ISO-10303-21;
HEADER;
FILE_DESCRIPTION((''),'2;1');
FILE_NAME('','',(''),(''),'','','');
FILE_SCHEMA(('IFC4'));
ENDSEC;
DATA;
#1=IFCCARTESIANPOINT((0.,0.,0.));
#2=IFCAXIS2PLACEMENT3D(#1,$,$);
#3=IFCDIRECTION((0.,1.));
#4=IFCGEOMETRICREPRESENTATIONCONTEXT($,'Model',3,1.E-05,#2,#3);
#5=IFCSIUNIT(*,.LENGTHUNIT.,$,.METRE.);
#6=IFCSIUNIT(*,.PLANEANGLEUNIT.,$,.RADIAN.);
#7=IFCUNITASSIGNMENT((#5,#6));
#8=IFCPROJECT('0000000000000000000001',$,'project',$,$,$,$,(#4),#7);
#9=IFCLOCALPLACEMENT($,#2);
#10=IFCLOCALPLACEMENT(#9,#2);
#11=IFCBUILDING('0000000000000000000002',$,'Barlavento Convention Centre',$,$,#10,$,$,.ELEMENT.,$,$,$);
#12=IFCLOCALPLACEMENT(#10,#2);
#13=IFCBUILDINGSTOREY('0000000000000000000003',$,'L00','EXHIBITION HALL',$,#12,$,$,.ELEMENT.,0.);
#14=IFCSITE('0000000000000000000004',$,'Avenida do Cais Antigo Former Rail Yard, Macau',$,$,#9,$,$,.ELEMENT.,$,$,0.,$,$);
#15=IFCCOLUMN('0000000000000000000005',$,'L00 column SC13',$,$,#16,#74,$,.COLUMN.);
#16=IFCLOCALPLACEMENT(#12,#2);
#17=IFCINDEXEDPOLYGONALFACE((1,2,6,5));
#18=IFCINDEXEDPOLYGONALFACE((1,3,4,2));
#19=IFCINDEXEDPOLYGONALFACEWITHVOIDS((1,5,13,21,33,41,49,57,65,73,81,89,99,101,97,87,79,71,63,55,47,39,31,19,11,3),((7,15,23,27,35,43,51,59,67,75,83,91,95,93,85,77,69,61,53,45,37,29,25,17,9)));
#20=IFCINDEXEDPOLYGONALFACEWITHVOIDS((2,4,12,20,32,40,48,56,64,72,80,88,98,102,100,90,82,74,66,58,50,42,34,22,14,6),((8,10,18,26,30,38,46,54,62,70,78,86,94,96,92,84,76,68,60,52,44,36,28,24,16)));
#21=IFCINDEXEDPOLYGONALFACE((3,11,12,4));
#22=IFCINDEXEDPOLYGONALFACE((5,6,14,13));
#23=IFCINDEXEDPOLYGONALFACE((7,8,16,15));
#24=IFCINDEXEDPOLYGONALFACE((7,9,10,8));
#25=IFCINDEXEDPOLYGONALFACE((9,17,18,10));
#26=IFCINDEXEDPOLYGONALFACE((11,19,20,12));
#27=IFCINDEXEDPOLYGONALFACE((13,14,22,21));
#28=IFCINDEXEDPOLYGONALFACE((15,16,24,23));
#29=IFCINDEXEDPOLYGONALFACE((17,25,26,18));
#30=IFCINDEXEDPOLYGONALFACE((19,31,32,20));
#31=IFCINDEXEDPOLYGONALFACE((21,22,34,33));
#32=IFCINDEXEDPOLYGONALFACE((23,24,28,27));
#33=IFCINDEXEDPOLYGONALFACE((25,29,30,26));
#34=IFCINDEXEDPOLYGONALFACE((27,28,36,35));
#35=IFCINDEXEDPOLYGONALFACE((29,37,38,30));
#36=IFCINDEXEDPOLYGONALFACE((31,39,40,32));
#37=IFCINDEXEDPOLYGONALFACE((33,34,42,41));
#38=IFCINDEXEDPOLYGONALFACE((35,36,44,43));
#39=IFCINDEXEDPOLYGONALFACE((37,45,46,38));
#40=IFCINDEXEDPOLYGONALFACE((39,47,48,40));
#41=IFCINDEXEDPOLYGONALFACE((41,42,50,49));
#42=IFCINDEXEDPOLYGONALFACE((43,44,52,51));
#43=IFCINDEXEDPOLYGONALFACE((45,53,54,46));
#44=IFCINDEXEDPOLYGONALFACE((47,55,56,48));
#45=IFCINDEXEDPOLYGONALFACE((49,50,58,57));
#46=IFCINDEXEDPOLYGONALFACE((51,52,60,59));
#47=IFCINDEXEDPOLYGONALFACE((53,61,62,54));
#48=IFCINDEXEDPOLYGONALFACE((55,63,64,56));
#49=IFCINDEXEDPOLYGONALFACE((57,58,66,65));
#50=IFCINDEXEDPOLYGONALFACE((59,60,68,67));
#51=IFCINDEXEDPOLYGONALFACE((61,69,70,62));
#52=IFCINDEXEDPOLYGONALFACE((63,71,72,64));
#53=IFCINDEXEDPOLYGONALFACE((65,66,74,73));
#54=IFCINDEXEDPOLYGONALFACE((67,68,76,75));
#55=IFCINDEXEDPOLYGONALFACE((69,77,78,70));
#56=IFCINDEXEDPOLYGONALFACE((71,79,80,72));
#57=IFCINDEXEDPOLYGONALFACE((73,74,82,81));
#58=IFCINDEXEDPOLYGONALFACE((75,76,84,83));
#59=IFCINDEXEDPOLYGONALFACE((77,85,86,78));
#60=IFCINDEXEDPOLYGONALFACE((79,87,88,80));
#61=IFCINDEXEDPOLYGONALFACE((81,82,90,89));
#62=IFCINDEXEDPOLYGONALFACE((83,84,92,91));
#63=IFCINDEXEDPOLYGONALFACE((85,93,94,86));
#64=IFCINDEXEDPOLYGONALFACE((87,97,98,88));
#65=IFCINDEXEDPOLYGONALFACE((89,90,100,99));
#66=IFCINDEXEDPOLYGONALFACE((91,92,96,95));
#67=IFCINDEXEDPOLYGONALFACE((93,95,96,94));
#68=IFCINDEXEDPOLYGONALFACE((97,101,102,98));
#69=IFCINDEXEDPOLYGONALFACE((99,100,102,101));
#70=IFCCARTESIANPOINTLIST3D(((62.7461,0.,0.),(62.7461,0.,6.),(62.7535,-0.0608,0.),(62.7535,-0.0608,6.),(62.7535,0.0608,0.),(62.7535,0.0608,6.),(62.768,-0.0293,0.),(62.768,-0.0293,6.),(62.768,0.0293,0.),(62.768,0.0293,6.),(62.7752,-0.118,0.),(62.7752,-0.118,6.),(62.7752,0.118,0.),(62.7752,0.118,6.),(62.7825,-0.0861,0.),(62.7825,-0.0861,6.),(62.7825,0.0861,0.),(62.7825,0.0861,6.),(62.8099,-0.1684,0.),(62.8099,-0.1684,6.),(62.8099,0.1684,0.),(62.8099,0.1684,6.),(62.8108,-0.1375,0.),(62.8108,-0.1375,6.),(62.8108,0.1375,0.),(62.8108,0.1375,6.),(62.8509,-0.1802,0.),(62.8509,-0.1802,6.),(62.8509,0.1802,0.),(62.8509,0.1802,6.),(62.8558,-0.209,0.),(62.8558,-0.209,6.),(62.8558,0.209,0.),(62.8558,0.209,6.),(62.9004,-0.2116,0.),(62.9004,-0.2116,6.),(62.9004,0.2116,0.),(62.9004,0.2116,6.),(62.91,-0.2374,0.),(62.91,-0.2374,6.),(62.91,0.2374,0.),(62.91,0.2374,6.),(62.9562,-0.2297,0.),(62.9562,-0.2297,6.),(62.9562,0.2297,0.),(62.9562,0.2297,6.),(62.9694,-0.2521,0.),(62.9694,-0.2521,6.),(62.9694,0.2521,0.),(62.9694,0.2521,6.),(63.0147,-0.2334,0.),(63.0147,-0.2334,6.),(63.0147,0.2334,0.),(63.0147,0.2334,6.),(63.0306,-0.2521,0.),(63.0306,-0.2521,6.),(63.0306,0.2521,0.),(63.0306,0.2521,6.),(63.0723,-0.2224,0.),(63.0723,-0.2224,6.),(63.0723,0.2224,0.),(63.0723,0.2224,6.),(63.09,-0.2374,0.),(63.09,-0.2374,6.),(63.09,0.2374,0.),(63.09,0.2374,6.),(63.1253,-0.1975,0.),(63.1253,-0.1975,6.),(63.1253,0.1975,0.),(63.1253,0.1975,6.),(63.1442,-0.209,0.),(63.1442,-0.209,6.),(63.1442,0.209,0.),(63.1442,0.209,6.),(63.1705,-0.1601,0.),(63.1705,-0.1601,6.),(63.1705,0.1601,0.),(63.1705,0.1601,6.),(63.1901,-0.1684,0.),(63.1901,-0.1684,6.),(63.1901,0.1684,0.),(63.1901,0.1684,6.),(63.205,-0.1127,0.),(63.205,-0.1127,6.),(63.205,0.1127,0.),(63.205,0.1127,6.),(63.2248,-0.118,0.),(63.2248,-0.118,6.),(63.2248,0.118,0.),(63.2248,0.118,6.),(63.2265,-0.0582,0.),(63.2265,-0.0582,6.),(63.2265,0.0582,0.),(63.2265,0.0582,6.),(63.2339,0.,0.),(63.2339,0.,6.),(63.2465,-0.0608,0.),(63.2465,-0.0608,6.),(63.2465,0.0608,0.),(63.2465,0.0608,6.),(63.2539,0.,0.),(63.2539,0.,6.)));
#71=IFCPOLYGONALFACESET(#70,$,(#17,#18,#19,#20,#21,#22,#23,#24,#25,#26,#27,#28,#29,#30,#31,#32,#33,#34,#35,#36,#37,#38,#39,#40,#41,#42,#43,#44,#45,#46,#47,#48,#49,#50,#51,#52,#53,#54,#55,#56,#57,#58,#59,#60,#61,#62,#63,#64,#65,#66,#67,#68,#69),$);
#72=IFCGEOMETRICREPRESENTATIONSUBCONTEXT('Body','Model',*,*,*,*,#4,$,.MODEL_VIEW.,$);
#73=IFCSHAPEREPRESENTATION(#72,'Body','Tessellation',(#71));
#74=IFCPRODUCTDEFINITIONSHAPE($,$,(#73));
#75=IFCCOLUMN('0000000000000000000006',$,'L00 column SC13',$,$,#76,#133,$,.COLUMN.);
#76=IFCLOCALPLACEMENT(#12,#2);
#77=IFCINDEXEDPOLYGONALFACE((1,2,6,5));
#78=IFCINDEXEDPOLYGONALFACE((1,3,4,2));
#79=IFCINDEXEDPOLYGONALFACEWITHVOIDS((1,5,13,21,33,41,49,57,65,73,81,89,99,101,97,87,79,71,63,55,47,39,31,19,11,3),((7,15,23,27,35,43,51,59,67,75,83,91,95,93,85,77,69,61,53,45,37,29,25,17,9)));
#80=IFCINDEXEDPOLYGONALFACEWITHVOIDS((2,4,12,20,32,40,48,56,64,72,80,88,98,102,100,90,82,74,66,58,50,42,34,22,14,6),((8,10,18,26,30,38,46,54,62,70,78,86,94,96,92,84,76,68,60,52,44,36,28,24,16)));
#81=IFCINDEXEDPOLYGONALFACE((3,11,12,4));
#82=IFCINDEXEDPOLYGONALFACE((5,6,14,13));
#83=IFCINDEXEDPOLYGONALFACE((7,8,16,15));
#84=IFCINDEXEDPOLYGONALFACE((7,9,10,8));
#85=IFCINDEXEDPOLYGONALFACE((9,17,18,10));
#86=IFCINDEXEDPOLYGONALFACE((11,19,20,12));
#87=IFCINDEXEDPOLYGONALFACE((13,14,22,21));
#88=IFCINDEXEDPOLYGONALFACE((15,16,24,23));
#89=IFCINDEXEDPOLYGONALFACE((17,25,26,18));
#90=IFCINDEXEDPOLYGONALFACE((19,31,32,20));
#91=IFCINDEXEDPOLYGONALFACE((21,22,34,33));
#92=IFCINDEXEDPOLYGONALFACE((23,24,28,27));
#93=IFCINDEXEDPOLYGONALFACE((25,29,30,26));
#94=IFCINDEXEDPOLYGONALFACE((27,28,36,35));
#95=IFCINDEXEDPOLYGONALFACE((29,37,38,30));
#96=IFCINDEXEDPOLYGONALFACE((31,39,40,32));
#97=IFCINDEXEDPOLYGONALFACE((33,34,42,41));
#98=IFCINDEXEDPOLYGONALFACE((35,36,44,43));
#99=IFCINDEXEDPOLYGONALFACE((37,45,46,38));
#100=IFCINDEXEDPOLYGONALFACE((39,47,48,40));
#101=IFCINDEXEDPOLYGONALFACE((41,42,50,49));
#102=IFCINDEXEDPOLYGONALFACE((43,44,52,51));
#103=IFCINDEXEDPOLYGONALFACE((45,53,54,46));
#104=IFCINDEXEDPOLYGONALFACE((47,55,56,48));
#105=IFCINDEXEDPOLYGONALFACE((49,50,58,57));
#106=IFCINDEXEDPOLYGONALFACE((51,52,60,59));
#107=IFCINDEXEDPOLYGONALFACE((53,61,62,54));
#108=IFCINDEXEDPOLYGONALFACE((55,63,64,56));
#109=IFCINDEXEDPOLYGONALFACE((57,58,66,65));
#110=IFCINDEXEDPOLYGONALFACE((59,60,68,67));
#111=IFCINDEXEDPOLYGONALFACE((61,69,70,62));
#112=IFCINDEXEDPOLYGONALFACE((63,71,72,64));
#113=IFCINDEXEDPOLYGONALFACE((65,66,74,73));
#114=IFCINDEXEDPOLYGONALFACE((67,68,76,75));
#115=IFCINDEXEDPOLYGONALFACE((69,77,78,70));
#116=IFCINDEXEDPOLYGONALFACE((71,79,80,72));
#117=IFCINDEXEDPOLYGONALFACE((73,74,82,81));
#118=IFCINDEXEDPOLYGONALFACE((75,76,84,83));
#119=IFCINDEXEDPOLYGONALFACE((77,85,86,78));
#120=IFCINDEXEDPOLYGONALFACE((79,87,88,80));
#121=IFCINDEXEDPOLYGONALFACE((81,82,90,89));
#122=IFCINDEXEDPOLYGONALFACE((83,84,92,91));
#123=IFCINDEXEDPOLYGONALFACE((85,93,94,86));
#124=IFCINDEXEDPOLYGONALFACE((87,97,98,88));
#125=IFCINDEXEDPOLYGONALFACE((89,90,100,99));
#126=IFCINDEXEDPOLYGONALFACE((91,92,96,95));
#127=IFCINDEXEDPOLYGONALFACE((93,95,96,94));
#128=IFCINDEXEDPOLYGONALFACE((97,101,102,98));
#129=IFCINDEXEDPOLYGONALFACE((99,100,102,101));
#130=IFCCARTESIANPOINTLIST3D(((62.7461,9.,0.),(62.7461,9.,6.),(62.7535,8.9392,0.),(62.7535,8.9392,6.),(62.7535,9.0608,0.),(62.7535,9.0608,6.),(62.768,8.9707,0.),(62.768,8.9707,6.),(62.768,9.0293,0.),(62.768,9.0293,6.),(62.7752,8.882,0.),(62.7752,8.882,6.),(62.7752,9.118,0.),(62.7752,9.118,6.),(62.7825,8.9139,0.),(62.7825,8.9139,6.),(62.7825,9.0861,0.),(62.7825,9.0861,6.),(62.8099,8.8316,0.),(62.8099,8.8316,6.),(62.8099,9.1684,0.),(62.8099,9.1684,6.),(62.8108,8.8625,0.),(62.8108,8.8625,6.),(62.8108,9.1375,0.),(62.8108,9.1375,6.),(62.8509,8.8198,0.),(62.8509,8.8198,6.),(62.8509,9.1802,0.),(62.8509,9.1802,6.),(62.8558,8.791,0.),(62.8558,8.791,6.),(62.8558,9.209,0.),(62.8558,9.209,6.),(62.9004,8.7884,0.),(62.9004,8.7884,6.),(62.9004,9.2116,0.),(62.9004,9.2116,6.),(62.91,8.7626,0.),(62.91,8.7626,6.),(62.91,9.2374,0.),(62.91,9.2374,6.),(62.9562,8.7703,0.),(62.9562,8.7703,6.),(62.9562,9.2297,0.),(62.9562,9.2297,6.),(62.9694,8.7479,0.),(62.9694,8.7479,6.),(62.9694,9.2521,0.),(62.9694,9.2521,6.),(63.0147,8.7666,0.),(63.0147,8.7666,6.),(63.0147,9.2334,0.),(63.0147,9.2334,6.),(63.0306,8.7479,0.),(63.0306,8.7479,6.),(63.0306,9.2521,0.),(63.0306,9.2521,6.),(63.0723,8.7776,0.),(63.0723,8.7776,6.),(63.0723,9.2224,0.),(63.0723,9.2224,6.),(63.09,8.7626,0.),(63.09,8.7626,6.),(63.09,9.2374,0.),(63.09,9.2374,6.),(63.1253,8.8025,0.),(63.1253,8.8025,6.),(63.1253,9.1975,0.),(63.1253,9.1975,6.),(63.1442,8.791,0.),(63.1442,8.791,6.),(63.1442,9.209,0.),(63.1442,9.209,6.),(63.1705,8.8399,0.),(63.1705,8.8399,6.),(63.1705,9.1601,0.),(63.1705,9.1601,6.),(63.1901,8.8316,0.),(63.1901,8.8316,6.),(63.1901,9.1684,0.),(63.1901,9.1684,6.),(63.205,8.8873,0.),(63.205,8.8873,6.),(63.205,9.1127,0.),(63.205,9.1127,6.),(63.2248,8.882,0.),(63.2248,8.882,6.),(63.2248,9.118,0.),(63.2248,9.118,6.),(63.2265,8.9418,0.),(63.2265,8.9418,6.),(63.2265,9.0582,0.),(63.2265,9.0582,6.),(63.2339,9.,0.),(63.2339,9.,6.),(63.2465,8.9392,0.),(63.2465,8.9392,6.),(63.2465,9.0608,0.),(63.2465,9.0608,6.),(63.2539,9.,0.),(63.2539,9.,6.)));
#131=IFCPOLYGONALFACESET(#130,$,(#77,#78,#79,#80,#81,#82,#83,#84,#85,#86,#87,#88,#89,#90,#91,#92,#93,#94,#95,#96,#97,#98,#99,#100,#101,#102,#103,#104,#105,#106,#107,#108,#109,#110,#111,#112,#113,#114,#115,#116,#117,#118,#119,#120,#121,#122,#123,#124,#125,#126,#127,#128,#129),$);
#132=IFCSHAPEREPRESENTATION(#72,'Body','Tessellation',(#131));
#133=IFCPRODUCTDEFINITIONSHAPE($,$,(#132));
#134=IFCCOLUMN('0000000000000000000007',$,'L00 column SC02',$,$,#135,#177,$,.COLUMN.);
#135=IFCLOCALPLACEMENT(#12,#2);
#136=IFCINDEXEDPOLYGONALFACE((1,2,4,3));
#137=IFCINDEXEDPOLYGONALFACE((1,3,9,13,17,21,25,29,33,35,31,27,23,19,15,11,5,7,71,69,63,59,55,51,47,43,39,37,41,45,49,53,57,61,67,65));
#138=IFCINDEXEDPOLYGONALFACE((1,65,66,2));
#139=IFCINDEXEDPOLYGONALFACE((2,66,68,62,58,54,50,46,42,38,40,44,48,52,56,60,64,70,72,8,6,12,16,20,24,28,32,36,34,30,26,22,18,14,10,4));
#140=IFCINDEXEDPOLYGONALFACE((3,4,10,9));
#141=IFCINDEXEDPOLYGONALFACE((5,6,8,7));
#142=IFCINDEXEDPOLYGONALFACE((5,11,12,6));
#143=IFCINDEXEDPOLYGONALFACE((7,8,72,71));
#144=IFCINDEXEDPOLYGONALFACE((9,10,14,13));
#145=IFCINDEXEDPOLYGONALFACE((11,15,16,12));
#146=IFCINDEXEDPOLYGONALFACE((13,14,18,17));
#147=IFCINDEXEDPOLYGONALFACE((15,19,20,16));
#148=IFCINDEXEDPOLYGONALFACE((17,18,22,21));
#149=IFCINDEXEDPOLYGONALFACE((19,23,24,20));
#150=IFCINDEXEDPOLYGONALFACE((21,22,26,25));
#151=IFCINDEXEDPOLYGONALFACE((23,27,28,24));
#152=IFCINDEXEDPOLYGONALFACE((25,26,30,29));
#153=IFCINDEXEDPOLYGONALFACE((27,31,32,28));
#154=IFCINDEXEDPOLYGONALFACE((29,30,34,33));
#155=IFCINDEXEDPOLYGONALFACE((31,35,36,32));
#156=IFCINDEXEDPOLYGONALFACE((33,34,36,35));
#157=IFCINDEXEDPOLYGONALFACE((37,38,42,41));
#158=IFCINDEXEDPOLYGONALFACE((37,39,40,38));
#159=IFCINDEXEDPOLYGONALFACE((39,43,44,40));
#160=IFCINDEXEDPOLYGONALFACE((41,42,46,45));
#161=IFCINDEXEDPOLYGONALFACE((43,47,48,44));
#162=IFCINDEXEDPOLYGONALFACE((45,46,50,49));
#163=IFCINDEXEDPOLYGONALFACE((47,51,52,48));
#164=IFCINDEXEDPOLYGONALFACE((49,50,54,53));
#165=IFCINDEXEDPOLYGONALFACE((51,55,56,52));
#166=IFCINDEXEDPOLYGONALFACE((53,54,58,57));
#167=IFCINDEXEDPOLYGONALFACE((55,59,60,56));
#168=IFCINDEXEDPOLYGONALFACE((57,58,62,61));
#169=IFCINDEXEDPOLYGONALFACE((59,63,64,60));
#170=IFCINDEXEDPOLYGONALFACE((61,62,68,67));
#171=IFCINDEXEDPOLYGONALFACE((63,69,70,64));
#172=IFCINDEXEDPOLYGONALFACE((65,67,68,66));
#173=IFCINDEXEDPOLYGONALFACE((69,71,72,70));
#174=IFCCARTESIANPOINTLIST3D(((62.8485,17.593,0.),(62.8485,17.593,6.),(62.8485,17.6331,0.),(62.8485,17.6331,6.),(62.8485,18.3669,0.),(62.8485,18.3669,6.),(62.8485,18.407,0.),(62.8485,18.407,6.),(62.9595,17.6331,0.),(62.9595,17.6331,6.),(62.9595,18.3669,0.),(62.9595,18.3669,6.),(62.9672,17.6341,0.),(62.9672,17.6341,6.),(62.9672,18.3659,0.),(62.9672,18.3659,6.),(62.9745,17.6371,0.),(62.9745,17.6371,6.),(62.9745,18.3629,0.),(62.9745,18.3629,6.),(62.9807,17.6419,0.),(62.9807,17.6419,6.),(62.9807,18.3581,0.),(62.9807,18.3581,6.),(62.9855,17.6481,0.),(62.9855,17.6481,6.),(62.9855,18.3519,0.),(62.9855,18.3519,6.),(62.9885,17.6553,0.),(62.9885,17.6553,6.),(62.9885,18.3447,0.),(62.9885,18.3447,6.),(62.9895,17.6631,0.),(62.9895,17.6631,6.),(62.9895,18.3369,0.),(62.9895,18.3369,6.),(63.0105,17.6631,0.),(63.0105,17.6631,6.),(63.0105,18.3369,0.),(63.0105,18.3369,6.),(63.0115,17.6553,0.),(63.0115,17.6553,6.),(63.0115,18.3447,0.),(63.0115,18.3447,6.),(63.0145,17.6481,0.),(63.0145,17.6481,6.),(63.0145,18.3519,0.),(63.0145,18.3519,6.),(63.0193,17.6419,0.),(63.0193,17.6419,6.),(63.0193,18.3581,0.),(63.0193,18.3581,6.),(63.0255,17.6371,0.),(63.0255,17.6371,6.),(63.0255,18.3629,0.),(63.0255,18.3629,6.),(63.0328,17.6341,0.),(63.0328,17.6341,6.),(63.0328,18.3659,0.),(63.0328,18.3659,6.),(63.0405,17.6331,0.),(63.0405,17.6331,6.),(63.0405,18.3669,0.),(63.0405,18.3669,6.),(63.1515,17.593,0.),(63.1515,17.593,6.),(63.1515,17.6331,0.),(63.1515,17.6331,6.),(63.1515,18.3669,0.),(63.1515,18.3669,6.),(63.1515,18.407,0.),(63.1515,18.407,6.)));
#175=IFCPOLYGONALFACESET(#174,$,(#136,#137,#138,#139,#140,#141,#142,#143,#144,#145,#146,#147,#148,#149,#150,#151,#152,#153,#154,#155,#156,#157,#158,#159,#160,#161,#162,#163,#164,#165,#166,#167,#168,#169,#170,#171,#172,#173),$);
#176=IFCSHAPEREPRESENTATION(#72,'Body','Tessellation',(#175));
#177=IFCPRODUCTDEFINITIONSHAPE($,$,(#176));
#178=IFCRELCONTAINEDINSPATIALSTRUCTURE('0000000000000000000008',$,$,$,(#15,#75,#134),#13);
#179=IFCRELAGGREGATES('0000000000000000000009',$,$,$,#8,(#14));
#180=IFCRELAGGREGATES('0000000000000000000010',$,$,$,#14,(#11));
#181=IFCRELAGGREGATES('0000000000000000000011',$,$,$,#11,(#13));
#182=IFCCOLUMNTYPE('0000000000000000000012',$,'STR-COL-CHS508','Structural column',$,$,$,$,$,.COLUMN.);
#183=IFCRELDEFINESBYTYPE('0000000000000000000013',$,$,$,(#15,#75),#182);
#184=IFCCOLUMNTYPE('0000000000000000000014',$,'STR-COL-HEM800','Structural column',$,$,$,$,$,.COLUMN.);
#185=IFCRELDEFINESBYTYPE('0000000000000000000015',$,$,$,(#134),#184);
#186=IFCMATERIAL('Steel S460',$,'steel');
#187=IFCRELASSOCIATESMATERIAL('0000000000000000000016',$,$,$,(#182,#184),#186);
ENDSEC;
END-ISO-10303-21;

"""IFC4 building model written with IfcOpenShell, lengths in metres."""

from ifc_helpers import new_model, si_unit, direction, frame, origin, origin_2d, place, context, subcontext, project, spatial, hollow_circle, i_section, extrude, material, material_profile, profile_set, type_object, element, save


model = new_model("IFC4")

# Units and contexts
model_context = context("Model", 3, precision=1e-05, world=origin(), true_north=direction((0.0, 1.0)))
body_context = subcontext(model_context, "Body", "Model", "MODEL_VIEW")
ifc_project = project(units=[si_unit("LENGTHUNIT", "METRE"), si_unit("PLANEANGLEUNIT", "RADIAN")], contexts=[model_context])

# Site, building, storey
site_placement = place(None, origin())
site = spatial("IfcSite", under=ifc_project, at=site_placement, Name="Avenida do Cais Antigo Former Rail Yard, Macau", CompositionType="ELEMENT", RefElevation=0.0)
building_placement = place(site_placement, origin())
building = spatial("IfcBuilding", under=site, at=building_placement, Name="Barlavento Convention Centre", CompositionType="ELEMENT")
storey_placement = place(building_placement, origin())
storey = spatial("IfcBuildingStorey", under=building, at=storey_placement, Name="L00", Description="EXHIBITION HALL", CompositionType="ELEMENT", Elevation=0.0)

# Columns
ifc_material_1 = material(Name="Steel S460", Category="steel")
ifc_material_profile_1 = material_profile(ifc_material_1, hollow_circle(Radius=0.2539, WallThickness=0.02, at=origin_2d()), Name="CHS 508.0x20.0")
ifc_profile_set_1 = profile_set([ifc_material_profile_1], Name="Steel S460")
column_type_1 = type_object("IfcColumnType", Name="STR-COL-CHS508", Description="Structural column", PredefinedType="COLUMN", material=ifc_profile_set_1)
for number, where, z_axis, x_axis, name in (
    (1, (63.0, 0.0, 0.0), (0.0, 0.0, 1.0), (1.0, 0.0, 0.0), "L00 column SC13"),
    (2, (63.0, 9.0, 0.0), (0.0, 0.0, 1.0), (1.0, 0.0, 0.0), "L00 column SC13"),
):
    element("IfcColumn", number, at=place(storey_placement, frame(where, z_axis=z_axis, x_axis=x_axis)), inside=storey, type_object=column_type_1, Name=name, PredefinedType="COLUMN", context=body_context, shape_type="SweptSolid", body=[
        extrude(hollow_circle(Radius=0.2539, WallThickness=0.02, at=origin_2d()), origin(), (0.0, 0.0, 1.0), 6.0),
    ])
ifc_material_profile_2 = material_profile(ifc_material_1, i_section(OverallWidth=0.303, OverallDepth=0.814, WebThickness=0.021, FlangeThickness=0.04, FilletRadius=0.03, at=origin_2d()), Name="HEM 800")
ifc_profile_set_2 = profile_set([ifc_material_profile_2], Name="Steel S460")
column_type_2 = type_object("IfcColumnType", Name="STR-COL-HEM800", Description="Structural column", PredefinedType="COLUMN", material=ifc_profile_set_2)
column_placement = place(storey_placement, frame((63.0, 18.0, 0.0), z_axis=(0.0, 0.0, 1.0), x_axis=(1.0, 0.0, 0.0)))
element("IfcColumn", 3, at=column_placement, inside=storey, type_object=column_type_2, Name="L00 column SC02", PredefinedType="COLUMN", context=body_context, shape_type="SweptSolid", body=[
    extrude(i_section(OverallWidth=0.303, OverallDepth=0.814, WebThickness=0.021, FlangeThickness=0.04, FilletRadius=0.03, at=origin_2d()), origin(), (0.0, 0.0, 1.0), 6.0),
])

save(model, "model.ifc")
